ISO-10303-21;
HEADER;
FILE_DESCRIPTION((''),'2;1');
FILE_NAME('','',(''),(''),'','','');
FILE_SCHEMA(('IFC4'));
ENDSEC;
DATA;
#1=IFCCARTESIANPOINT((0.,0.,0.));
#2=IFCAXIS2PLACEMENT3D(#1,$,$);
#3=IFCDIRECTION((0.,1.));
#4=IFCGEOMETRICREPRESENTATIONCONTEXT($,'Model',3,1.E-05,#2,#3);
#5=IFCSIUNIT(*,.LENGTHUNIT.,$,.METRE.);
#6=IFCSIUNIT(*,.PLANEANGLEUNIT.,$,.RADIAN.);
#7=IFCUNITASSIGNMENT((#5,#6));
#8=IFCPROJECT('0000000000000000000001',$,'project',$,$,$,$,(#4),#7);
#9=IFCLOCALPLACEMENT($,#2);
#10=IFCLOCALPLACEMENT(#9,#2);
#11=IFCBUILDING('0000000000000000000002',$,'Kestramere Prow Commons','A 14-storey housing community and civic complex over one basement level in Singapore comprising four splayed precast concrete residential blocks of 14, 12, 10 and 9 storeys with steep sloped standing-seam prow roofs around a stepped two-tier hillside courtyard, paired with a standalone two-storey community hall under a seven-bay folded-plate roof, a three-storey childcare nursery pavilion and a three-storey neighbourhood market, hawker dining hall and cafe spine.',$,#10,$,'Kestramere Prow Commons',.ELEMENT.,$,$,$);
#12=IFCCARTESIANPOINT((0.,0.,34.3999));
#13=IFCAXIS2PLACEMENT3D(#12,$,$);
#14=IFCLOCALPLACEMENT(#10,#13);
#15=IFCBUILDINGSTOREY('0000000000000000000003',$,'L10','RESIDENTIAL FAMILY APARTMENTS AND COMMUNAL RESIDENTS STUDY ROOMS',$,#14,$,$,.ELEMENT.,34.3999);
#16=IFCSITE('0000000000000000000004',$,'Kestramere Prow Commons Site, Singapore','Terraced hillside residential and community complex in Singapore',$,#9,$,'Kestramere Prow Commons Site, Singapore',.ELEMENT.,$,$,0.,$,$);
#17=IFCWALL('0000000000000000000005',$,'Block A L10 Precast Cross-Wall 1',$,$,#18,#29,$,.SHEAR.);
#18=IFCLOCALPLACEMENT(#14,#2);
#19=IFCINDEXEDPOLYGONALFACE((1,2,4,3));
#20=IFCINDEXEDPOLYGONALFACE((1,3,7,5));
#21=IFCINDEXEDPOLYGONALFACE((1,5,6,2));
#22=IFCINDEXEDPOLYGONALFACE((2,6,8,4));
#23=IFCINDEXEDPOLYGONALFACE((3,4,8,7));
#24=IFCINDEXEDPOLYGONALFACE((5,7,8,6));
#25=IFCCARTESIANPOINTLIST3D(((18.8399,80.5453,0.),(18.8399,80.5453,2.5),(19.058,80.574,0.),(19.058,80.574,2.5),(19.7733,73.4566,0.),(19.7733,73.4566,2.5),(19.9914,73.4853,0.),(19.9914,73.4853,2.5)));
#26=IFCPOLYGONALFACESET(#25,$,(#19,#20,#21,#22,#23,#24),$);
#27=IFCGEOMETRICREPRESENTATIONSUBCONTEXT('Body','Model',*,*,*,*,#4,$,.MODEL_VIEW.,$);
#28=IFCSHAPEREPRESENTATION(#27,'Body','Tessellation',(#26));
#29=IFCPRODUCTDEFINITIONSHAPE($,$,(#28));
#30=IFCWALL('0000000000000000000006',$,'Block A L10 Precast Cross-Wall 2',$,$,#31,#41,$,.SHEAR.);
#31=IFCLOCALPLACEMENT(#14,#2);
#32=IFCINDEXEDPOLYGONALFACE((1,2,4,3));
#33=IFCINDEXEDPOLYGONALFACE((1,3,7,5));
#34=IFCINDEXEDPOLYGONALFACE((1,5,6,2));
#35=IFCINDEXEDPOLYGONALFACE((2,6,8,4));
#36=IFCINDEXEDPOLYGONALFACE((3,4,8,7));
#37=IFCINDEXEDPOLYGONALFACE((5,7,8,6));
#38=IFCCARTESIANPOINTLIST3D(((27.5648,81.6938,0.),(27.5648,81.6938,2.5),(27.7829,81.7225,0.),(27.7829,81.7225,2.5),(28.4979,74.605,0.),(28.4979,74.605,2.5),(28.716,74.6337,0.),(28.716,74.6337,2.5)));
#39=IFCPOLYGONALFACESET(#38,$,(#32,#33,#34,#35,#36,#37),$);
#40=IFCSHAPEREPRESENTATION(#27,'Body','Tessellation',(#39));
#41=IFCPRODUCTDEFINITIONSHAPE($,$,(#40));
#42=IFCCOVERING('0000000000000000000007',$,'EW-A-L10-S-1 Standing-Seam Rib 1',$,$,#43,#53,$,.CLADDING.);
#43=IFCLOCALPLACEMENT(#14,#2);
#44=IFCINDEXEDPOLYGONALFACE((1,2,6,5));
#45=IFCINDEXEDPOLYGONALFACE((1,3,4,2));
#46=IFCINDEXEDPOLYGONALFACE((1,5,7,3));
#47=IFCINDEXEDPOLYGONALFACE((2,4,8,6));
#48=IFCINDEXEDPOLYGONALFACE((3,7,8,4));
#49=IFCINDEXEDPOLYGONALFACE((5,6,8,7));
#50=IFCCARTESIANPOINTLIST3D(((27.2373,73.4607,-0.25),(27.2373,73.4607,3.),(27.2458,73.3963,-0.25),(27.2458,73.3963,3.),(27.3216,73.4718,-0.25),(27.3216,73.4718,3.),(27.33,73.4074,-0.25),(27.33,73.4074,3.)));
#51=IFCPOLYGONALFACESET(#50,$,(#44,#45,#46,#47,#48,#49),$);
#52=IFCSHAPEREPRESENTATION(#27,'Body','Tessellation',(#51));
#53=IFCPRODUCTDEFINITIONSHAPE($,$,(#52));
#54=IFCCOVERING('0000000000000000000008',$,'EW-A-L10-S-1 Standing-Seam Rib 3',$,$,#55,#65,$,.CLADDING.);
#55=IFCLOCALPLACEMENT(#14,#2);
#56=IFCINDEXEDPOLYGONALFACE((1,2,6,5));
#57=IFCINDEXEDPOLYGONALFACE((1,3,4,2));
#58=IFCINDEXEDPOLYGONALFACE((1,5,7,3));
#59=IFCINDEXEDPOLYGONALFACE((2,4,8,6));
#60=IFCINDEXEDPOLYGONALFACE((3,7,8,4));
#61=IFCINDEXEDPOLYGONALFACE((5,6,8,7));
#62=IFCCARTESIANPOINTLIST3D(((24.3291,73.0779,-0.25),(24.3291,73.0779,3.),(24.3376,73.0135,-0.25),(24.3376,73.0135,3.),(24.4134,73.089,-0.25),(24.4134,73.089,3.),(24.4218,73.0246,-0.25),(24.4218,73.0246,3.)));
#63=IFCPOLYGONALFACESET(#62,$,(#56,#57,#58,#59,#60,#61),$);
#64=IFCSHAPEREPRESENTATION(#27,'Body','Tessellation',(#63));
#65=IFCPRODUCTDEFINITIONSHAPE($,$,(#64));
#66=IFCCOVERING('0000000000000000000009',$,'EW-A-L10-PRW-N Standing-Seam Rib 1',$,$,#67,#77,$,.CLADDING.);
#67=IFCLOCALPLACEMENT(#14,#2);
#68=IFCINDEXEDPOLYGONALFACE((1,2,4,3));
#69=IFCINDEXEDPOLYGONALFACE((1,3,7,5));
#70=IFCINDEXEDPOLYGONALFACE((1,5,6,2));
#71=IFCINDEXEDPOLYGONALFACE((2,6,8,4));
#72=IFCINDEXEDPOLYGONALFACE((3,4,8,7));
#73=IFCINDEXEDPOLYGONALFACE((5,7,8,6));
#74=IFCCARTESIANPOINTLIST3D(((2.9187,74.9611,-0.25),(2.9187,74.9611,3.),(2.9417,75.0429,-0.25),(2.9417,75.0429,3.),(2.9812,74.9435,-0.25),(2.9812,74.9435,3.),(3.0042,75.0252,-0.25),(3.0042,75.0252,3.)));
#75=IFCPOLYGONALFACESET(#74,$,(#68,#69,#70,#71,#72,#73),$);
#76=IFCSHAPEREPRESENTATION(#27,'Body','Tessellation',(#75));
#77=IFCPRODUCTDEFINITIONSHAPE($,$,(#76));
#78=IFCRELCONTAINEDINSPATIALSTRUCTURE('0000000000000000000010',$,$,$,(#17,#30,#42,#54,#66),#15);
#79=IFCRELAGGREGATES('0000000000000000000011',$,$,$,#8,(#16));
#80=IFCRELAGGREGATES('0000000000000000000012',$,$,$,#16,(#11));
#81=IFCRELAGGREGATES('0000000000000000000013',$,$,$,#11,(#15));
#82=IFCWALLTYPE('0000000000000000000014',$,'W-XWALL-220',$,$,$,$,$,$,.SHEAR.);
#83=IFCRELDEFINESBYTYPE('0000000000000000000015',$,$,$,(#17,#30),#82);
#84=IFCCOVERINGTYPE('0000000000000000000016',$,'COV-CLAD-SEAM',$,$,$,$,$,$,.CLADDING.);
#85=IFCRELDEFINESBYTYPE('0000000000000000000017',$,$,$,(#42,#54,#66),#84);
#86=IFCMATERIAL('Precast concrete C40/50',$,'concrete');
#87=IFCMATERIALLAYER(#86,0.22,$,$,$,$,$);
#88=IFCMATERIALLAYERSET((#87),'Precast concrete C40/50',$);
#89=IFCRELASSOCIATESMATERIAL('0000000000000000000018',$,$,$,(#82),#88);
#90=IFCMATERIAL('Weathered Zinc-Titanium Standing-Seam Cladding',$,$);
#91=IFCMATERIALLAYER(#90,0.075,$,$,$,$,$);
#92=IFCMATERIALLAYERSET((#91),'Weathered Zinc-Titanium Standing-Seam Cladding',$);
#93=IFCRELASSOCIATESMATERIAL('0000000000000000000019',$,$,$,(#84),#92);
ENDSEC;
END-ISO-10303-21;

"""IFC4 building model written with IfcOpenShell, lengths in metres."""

from ifc_helpers import new_model, si_unit, direction, frame, frame_2d, origin, origin_2d, place, context, subcontext, project, spatial, rectangle, extrude, material, layer, layer_set, type_object, element, save


model = new_model("IFC4")

# Units and contexts
model_context = context("Model", 3, precision=1e-05, world=origin(), true_north=direction((0.0, 1.0)))
body_context = subcontext(model_context, "Body", "Model", "MODEL_VIEW")
ifc_project = project(units=[si_unit("LENGTHUNIT", "METRE"), si_unit("PLANEANGLEUNIT", "RADIAN")], contexts=[model_context])

# Site, building, storey
site_placement = place(None, origin())
site = spatial("IfcSite", under=ifc_project, at=site_placement, Name="Kestramere Prow Commons Site, Singapore", Description="Terraced hillside residential and community complex in Singapore", LongName="Kestramere Prow Commons Site, Singapore", CompositionType="ELEMENT", RefElevation=0.0)
building_placement = place(site_placement, origin())
building = spatial("IfcBuilding", under=site, at=building_placement, Name="Kestramere Prow Commons", Description="A 14-storey housing community and civic complex over one basement level in Singapore comprising four splayed precast concrete residential blocks of 14, 12, 10 and 9 storeys with steep sloped standing-seam prow roofs around a stepped two-tier hillside courtyard, paired with a standalone two-storey community hall under a seven-bay folded-plate roof, a three-storey childcare nursery pavilion and a three-storey neighbourhood market, hawker dining hall and cafe spine.", LongName="Kestramere Prow Commons", CompositionType="ELEMENT")
storey_placement = place(building_placement, frame((0.0, 0.0, 34.3999)))
storey = spatial("IfcBuildingStorey", under=building, at=storey_placement, Name="L10", Description="RESIDENTIAL FAMILY APARTMENTS AND COMMUNAL RESIDENTS STUDY ROOMS", CompositionType="ELEMENT", Elevation=34.3999)

# Shared definitions
ifc_material_1 = material(Name="Precast concrete C40/50", Category="concrete")

# Shared definitions
ifc_material_2 = material(Name="Weathered Zinc-Titanium Standing-Seam Cladding")

# Walls
ifc_layer_1 = layer(ifc_material_1, 0.22)
ifc_layer_set_1 = layer_set([ifc_layer_1], Name="Precast concrete C40/50")
wall_type_1 = type_object("IfcWallType", Name="W-XWALL-220", PredefinedType="SHEAR", material=ifc_layer_set_1)
for number, where, z_axis, x_axis, name in (
    (1, (19.8823, 73.4709, 0.0), (0.0, 0.0, 1.0), (-0.130542, 0.991443, 0.0), "Block A L10 Precast Cross-Wall 1"),
    (2, (28.6069, 74.6194, 0.0), (0.0, 0.0, 1.0), (-0.130504, 0.991448, 0.0), "Block A L10 Precast Cross-Wall 2"),
):
    element("IfcWall", number, at=place(storey_placement, frame(where, z_axis=z_axis, x_axis=x_axis)), inside=storey, type_object=wall_type_1, Name=name, PredefinedType="SHEAR", context=body_context, shape_type="SweptSolid", body=[
        extrude(rectangle(XDim=7.1499, YDim=0.22, at=frame_2d((3.575, 0.0))), origin(), (0.0, 0.0, 1.0), 2.5),
    ])

# Coverings
ifc_layer_2 = layer(ifc_material_2, 0.075)
ifc_layer_set_2 = layer_set([ifc_layer_2], Name="Weathered Zinc-Titanium Standing-Seam Cladding")
covering_type = type_object("IfcCoveringType", Name="COV-CLAD-SEAM", PredefinedType="CLADDING", material=ifc_layer_set_2)
for number, where, z_axis, x_axis, name in (
    (3, (27.2837, 73.4341, -0.25), (0.0, 0.0, 1.0), (-0.991445, -0.130526, 0.0), "EW-A-L10-S-1 Standing-Seam Rib 1"),
    (4, (24.3755, 73.0513, -0.25), (0.0, 0.0, 1.0), (-0.991445, -0.130526, 0.0), "EW-A-L10-S-1 Standing-Seam Rib 3"),
    (5, (2.9614, 74.9932, -0.25), (0.0, 0.0, 1.0), (0.27116, 0.962534, 0.0), "EW-A-L10-PRW-N Standing-Seam Rib 1"),
):
    element("IfcCovering", number, at=place(storey_placement, frame(where, z_axis=z_axis, x_axis=x_axis)), inside=storey, type_object=covering_type, Name=name, PredefinedType="CLADDING", context=body_context, shape_type="SweptSolid", body=[
        extrude(rectangle(XDim=0.085, YDim=0.0649, at=origin_2d()), origin(), (0.0, 0.0, 1.0), 3.25),
    ])

save(model, "model.ifc")
